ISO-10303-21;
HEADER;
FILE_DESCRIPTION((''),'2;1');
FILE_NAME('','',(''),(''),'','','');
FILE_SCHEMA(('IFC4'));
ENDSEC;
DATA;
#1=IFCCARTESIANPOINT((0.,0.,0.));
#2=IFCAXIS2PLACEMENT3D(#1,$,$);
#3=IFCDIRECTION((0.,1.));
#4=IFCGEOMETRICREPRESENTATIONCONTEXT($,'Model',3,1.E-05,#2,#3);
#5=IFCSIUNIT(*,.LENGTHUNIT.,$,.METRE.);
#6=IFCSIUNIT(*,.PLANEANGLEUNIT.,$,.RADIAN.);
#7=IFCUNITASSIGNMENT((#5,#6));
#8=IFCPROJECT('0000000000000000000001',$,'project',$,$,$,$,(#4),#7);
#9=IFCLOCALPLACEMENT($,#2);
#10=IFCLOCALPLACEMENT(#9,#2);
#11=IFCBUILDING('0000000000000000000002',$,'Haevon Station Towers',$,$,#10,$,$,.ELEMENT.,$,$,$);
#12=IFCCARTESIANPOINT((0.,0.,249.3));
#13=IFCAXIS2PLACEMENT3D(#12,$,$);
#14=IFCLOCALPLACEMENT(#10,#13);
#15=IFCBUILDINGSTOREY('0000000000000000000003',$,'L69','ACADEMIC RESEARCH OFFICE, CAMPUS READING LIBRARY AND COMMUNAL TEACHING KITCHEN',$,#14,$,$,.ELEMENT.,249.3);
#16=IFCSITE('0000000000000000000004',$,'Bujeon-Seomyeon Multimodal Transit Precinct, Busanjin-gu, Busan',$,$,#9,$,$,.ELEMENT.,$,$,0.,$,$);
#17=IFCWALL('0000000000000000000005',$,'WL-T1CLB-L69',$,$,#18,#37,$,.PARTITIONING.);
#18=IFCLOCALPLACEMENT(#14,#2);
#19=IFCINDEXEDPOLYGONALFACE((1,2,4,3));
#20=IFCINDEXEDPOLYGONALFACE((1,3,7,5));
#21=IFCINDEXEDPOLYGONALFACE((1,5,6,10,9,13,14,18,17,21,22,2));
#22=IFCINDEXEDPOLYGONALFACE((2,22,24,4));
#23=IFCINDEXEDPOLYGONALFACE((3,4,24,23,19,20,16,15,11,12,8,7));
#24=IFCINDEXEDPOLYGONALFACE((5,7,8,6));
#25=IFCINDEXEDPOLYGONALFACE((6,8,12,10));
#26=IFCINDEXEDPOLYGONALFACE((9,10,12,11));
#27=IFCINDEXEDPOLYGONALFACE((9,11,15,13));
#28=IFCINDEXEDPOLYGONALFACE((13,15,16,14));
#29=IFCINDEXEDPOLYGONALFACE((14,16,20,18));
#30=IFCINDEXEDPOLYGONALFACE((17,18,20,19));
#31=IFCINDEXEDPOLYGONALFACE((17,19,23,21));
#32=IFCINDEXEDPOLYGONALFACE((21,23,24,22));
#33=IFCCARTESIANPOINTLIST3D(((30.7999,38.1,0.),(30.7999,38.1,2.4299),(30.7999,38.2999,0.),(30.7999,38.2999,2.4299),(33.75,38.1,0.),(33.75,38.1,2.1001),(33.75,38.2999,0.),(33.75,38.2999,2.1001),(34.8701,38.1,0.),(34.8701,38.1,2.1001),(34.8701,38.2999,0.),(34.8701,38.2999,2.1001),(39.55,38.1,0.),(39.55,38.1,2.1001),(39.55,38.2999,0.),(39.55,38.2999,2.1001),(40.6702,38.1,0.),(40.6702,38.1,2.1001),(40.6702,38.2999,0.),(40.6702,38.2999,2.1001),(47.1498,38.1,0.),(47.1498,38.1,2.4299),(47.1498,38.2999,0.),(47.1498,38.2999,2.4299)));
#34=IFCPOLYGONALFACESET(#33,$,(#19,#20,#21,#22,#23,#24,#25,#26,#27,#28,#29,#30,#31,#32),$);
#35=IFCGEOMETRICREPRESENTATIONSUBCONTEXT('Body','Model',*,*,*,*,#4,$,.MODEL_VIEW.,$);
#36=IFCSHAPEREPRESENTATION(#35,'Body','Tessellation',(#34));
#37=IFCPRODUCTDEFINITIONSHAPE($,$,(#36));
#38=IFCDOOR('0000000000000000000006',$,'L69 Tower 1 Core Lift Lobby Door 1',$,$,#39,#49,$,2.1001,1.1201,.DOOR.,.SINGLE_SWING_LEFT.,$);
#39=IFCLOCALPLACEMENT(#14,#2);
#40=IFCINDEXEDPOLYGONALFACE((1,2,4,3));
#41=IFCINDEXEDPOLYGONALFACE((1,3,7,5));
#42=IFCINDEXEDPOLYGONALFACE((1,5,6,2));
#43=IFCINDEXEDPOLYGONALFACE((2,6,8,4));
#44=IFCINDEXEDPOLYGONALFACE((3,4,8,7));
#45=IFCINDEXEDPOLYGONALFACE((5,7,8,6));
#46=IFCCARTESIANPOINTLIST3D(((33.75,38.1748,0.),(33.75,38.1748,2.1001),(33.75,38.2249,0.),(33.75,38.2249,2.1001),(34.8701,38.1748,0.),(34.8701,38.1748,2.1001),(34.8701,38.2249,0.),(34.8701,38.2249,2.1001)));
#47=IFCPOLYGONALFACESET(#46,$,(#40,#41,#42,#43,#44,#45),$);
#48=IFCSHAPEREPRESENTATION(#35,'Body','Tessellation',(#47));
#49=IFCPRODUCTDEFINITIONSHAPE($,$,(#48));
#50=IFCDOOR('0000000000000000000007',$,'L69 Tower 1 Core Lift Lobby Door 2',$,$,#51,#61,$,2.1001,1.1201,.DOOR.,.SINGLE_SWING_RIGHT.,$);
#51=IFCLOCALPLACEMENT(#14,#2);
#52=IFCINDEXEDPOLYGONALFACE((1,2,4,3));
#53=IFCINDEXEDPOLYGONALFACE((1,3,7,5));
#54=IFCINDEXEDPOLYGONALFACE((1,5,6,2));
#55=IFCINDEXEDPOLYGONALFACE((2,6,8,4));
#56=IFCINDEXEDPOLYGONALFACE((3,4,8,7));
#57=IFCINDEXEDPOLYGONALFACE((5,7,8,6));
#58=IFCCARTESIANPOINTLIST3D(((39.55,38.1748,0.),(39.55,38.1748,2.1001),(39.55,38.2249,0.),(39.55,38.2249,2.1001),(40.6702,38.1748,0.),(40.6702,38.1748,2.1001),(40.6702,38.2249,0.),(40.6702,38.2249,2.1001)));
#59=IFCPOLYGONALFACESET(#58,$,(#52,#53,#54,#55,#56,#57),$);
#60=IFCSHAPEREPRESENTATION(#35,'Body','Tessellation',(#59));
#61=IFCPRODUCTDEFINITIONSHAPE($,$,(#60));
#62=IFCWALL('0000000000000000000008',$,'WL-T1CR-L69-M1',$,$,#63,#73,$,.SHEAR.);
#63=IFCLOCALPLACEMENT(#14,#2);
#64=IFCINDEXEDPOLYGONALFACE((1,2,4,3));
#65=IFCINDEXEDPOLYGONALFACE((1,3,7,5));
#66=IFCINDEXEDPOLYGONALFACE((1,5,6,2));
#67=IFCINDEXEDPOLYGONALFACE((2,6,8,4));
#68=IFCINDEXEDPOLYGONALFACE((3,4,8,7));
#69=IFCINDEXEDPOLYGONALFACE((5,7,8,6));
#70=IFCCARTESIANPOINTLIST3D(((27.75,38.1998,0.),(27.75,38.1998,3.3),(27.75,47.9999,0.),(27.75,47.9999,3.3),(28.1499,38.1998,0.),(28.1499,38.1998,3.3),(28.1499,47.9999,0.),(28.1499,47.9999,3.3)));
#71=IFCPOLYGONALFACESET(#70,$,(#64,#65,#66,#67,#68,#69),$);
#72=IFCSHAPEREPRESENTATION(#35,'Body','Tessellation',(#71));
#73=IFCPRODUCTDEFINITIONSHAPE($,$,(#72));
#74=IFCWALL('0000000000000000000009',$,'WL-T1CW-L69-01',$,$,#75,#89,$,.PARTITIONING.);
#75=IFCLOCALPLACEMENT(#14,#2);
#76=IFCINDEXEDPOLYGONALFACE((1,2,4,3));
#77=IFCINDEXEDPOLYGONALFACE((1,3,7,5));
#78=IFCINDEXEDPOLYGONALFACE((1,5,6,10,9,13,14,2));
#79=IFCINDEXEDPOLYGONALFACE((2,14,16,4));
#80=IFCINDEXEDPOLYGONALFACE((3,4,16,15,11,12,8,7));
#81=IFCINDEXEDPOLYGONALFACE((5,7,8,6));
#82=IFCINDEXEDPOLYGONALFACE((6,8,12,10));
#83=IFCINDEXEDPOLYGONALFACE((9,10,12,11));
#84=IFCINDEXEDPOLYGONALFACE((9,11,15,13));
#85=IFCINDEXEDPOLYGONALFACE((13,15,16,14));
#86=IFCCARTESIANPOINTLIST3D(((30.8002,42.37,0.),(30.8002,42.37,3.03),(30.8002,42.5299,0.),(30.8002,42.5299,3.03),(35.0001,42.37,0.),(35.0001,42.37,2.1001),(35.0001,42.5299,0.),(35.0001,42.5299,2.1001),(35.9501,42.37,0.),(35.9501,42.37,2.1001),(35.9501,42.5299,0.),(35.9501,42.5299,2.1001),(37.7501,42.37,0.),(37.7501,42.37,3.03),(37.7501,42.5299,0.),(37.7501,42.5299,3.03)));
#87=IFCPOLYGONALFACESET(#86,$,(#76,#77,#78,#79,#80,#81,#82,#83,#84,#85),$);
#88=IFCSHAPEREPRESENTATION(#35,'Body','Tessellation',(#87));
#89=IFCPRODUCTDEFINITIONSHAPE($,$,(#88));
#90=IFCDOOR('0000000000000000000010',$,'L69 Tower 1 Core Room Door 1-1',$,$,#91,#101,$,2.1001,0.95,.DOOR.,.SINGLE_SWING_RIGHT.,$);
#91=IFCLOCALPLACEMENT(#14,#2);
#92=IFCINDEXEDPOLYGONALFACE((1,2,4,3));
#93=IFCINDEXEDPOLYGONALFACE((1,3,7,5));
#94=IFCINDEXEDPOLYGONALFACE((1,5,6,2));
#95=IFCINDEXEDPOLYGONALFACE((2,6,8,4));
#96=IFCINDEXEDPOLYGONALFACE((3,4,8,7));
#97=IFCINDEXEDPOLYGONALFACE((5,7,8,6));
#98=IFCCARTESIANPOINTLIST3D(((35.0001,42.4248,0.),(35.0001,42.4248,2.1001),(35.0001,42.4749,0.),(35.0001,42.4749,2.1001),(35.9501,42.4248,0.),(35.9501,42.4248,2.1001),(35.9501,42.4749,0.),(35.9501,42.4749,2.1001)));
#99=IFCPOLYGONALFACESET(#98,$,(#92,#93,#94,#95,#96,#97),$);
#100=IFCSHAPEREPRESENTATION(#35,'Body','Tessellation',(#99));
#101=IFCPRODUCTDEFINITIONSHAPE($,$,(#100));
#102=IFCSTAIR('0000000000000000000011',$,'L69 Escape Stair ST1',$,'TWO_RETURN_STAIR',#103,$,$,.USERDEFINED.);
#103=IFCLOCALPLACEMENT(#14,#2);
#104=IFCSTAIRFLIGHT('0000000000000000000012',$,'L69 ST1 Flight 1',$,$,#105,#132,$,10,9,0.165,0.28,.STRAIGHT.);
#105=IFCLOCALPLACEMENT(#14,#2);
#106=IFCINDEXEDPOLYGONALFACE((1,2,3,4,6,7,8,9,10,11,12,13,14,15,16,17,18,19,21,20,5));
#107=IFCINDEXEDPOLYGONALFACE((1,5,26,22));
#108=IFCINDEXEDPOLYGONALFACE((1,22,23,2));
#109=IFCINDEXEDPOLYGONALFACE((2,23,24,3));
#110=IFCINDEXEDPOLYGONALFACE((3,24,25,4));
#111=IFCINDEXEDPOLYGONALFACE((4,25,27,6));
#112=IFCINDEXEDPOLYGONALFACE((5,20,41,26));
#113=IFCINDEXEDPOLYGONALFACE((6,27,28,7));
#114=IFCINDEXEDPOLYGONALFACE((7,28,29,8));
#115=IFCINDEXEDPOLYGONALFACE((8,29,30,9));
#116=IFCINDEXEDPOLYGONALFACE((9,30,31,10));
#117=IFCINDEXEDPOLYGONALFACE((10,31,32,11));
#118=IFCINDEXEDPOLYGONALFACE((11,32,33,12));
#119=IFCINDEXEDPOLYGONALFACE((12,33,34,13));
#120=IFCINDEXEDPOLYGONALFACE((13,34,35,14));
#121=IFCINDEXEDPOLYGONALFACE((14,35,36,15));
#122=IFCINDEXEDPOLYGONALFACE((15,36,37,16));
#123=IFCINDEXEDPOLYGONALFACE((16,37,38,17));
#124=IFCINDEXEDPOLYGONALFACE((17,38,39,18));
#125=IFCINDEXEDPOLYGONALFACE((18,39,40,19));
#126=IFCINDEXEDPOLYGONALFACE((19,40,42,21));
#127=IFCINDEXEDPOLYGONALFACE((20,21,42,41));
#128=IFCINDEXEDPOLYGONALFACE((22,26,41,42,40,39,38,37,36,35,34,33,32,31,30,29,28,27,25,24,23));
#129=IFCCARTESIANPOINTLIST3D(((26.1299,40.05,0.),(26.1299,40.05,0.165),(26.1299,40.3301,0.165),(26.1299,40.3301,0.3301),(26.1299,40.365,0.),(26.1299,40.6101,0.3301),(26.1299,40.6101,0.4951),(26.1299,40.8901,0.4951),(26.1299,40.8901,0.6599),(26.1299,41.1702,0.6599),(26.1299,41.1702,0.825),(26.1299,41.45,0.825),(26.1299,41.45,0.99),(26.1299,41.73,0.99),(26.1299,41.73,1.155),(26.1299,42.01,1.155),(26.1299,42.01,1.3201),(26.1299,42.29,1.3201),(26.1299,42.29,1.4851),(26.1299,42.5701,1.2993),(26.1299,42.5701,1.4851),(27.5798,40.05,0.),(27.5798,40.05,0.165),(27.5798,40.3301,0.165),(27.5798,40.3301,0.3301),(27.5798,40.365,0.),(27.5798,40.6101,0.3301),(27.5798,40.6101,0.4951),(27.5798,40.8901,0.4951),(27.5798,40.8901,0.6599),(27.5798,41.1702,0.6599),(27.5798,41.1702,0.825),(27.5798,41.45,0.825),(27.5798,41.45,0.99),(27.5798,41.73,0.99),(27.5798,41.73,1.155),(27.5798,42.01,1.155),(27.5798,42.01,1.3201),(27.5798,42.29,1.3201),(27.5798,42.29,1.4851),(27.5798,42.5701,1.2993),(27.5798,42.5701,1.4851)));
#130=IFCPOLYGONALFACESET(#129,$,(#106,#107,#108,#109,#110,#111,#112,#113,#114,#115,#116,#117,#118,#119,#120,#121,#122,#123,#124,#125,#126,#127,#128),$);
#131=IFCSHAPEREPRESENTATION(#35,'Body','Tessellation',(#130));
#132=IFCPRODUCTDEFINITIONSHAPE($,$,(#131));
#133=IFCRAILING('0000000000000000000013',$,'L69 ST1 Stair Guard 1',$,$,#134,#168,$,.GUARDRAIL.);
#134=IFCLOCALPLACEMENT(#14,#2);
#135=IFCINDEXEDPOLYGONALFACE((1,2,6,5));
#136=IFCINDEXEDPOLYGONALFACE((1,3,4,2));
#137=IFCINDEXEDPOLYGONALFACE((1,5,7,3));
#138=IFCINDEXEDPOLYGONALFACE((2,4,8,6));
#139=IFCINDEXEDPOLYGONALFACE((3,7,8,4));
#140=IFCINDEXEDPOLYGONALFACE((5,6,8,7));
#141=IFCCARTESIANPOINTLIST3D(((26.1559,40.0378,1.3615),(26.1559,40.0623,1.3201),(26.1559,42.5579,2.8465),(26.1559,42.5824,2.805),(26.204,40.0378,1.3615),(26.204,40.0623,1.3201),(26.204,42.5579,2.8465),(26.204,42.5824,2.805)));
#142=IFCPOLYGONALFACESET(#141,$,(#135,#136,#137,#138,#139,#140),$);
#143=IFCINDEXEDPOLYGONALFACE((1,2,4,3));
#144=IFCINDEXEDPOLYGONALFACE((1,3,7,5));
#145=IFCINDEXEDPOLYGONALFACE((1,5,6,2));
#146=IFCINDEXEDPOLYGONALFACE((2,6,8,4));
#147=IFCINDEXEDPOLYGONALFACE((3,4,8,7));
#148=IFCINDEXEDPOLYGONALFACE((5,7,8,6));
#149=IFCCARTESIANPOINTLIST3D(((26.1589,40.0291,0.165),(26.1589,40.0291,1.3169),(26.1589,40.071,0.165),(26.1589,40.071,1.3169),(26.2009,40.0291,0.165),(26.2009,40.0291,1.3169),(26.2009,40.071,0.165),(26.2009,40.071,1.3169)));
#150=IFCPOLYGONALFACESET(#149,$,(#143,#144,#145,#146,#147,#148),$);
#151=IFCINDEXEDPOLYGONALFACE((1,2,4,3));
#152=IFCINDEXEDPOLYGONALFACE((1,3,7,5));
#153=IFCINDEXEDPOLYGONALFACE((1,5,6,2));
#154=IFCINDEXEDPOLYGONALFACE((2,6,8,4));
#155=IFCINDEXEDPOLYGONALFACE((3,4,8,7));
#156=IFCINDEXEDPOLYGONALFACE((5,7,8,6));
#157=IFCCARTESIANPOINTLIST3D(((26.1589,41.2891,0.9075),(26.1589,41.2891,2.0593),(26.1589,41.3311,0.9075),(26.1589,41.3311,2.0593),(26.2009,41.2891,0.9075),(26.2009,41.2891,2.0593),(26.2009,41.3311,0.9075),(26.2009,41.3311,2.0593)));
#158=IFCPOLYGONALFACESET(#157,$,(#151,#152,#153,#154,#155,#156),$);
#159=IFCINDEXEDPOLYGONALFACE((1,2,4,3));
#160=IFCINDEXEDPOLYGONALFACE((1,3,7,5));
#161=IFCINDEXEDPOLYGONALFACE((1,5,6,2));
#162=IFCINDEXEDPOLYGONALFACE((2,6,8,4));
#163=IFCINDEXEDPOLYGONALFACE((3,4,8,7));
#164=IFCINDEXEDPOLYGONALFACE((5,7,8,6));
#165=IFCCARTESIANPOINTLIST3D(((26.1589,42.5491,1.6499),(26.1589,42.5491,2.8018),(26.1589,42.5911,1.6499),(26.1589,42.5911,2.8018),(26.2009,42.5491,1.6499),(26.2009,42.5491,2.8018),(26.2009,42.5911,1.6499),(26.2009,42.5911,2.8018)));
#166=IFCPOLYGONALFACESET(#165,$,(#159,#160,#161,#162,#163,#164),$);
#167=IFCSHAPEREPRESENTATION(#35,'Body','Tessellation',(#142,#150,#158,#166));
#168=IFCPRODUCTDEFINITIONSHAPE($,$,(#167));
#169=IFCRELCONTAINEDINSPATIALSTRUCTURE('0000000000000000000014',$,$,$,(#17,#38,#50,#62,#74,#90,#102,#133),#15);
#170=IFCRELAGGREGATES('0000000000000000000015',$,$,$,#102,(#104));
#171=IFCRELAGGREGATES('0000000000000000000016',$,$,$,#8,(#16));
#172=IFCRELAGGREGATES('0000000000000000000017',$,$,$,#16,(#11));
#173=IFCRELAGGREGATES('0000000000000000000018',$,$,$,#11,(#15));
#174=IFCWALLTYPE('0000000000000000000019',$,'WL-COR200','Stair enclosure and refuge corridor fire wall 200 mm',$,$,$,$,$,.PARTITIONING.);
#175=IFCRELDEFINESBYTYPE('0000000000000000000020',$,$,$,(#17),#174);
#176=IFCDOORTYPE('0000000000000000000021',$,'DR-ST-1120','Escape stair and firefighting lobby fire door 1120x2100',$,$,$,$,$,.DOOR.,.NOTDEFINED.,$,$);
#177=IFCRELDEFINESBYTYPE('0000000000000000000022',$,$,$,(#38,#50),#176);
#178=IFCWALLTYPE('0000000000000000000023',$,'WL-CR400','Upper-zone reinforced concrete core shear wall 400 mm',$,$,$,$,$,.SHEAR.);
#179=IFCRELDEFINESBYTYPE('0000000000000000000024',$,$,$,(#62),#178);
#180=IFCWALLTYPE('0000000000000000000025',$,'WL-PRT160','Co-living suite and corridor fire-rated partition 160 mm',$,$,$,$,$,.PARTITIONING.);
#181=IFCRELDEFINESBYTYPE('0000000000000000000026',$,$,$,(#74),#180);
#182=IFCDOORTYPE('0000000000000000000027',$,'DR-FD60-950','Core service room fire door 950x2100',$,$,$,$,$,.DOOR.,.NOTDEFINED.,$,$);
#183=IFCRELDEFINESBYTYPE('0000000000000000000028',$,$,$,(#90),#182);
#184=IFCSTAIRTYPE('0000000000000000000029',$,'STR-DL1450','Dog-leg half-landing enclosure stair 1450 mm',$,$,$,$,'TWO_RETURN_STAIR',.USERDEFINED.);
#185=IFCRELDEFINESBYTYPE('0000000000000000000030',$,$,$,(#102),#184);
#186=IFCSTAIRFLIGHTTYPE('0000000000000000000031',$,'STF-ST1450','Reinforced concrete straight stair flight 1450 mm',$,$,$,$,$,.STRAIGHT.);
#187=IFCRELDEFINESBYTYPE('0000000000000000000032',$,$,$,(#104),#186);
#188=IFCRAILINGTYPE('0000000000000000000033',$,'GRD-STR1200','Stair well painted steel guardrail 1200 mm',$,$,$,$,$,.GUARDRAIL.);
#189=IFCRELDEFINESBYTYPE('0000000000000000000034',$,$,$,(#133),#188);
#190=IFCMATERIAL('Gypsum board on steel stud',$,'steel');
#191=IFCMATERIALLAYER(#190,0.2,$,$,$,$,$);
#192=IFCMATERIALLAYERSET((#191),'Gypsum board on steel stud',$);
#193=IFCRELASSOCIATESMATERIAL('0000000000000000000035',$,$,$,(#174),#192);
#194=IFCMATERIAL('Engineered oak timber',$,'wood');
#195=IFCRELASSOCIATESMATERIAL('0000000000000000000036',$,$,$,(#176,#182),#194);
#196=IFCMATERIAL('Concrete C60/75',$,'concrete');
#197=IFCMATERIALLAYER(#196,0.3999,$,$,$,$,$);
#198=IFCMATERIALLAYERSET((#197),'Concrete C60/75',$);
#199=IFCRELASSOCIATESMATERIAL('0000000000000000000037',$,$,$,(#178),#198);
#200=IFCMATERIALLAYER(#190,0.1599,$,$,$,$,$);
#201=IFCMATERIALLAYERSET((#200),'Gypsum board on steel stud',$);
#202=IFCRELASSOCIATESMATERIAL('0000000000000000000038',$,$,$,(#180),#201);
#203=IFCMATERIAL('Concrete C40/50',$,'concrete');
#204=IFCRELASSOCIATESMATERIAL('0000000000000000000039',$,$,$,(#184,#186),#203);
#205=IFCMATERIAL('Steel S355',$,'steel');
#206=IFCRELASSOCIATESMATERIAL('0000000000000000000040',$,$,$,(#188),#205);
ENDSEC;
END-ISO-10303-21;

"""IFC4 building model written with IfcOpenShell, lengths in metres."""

from ifc_helpers import new_model, si_unit, direction, frame, frame_2d, origin, origin_2d, place, context, subcontext, project, spatial, polyline, rectangle, outline, extrude, material, layer, layer_set, type_object, element, fill, aggregate, save


model = new_model("IFC4")

# Units and contexts
model_context = context("Model", 3, precision=1e-05, world=origin(), true_north=direction((0.0, 1.0)))
body_context = subcontext(model_context, "Body", "Model", "MODEL_VIEW")
ifc_project = project(units=[si_unit("LENGTHUNIT", "METRE"), si_unit("PLANEANGLEUNIT", "RADIAN")], contexts=[model_context])

# Site, building, storey
site_placement = place(None, origin())
site = spatial("IfcSite", under=ifc_project, at=site_placement, Name="Bujeon-Seomyeon Multimodal Transit Precinct, Busanjin-gu, Busan", CompositionType="ELEMENT", RefElevation=0.0)
building_placement = place(site_placement, origin())
building = spatial("IfcBuilding", under=site, at=building_placement, Name="Haevon Station Towers", CompositionType="ELEMENT")
storey_placement = place(building_placement, frame((0.0, 0.0, 249.3)))
storey = spatial("IfcBuildingStorey", under=building, at=storey_placement, Name="L69", Description="ACADEMIC RESEARCH OFFICE, CAMPUS READING LIBRARY AND COMMUNAL TEACHING KITCHEN", CompositionType="ELEMENT", Elevation=249.3)

# Shared definitions
ifc_material_1 = material(Name="Steel S355", Category="steel")

# Shared definitions
ifc_material_2 = material(Name="Gypsum board on steel stud", Category="steel")
ifc_layer_1 = layer(ifc_material_2, 0.2)
ifc_layer_set_1 = layer_set([ifc_layer_1], Name="Gypsum board on steel stud")
wall_type_1 = type_object("IfcWallType", Name="WL-COR200", Description="Stair enclosure and refuge corridor fire wall 200 mm", PredefinedType="PARTITIONING", material=ifc_layer_set_1)
ifc_material_3 = material(Name="Engineered oak timber", Category="wood")

# Wall, openings, doors
wall_1_placement = place(storey_placement, frame((30.8, 38.2, 0.0), z_axis=(0.0, 0.0, 1.0), x_axis=(1.0, 0.0, 0.0)))
wall_1 = element("IfcWall", 1, at=wall_1_placement, inside=storey, type_object=wall_type_1, Name="WL-T1CLB-L69", PredefinedType="PARTITIONING", context=body_context, shape_type="SweptSolid", body=[
    extrude(rectangle(XDim=16.3499, YDim=0.2, at=frame_2d((8.1748, 0.0))), origin(), (0.0, 0.0, 1.0), 2.4299),
])
opening_1_placement = place(wall_1_placement, frame((2.95, 0.0, 0.0)))
opening_1 = element("IfcOpeningElement", 2, at=opening_1_placement, cuts=wall_1, PredefinedType="OPENING", context=body_context, shape_type="SweptSolid", body=[
    extrude(rectangle(XDim=1.1201, YDim=2.1001, at=frame_2d((0.5601, 1.05))), frame((0.0, 0.1099, 0.0), z_axis=(0.0, -1.0, 0.0), x_axis=(1.0, 0.0, 0.0)), (0.0, 0.0, 1.0), 0.22),
])
opening_2_placement = place(wall_1_placement, frame((8.75, 0.0, 0.0)))
opening_2 = element("IfcOpeningElement", 3, at=opening_2_placement, cuts=wall_1, PredefinedType="OPENING", context=body_context, shape_type="SweptSolid", body=[
    extrude(rectangle(XDim=1.1201, YDim=2.1001, at=frame_2d((0.5601, 1.05))), frame((0.0, 0.1099, 0.0), z_axis=(0.0, -1.0, 0.0), x_axis=(1.0, 0.0, 0.0)), (0.0, 0.0, 1.0), 0.22),
])
door_type_1 = type_object("IfcDoorType", Name="DR-ST-1120", Description="Escape stair and firefighting lobby fire door 1120x2100", OperationType="NOTDEFINED", PredefinedType="DOOR", material=ifc_material_3)
door_1_placement = place(opening_1_placement, origin())
door_1 = element("IfcDoor", 4, at=door_1_placement, inside=storey, type_object=door_type_1, Name="L69 Tower 1 Core Lift Lobby Door 1", OperationType="SINGLE_SWING_LEFT", OverallHeight=2.1001, OverallWidth=1.1201, PredefinedType="DOOR", context=body_context, shape_type="SweptSolid", body=[
    extrude(rectangle(XDim=1.1201, YDim=2.1001, at=frame_2d((0.5601, 1.05))), frame((0.0, 0.0249, 0.0), z_axis=(0.0, -1.0, 0.0), x_axis=(1.0, 0.0, 0.0)), (0.0, 0.0, 1.0), 0.05),
])
fill(opening_1, door_1)
door_2_placement = place(opening_2_placement, origin())
door_2 = element("IfcDoor", 5, at=door_2_placement, inside=storey, type_object=door_type_1, Name="L69 Tower 1 Core Lift Lobby Door 2", OperationType="SINGLE_SWING_RIGHT", OverallHeight=2.1001, OverallWidth=1.1201, PredefinedType="DOOR", context=body_context, shape_type="SweptSolid", body=[
    extrude(rectangle(XDim=1.1201, YDim=2.1001, at=frame_2d((0.5601, 1.05))), frame((0.0, 0.0249, 0.0), z_axis=(0.0, -1.0, 0.0), x_axis=(1.0, 0.0, 0.0)), (0.0, 0.0, 1.0), 0.05),
])
fill(opening_2, door_2)

# Wall
ifc_material_4 = material(Name="Concrete C60/75", Category="concrete")
ifc_layer_2 = layer(ifc_material_4, 0.3999)
ifc_layer_set_2 = layer_set([ifc_layer_2], Name="Concrete C60/75")
wall_type_2 = type_object("IfcWallType", Name="WL-CR400", Description="Upper-zone reinforced concrete core shear wall 400 mm", PredefinedType="SHEAR", material=ifc_layer_set_2)
wall_2_placement = place(storey_placement, frame((27.95, 38.2, 0.0), z_axis=(0.0, 0.0, 1.0), x_axis=(0.0, 1.0, 0.0)))
element("IfcWall", 6, at=wall_2_placement, inside=storey, type_object=wall_type_2, Name="WL-T1CR-L69-M1", PredefinedType="SHEAR", context=body_context, shape_type="SweptSolid", body=[
    extrude(rectangle(XDim=9.8, YDim=0.3999, at=frame_2d((4.8999, 0.0))), origin(), (0.0, 0.0, 1.0), 3.3),
])

# Wall, opening, door
ifc_layer_3 = layer(ifc_material_2, 0.1599)
ifc_layer_set_3 = layer_set([ifc_layer_3], Name="Gypsum board on steel stud")
wall_type_3 = type_object("IfcWallType", Name="WL-PRT160", Description="Co-living suite and corridor fire-rated partition 160 mm", PredefinedType="PARTITIONING", material=ifc_layer_set_3)
wall_3_placement = place(storey_placement, frame((30.8, 42.45, 0.0), z_axis=(0.0, 0.0, 1.0), x_axis=(1.0, 0.0, 0.0)))
wall_3 = element("IfcWall", 7, at=wall_3_placement, inside=storey, type_object=wall_type_3, Name="WL-T1CW-L69-01", PredefinedType="PARTITIONING", context=body_context, shape_type="SweptSolid", body=[
    extrude(rectangle(XDim=6.95, YDim=0.1599, at=frame_2d((3.4751, 0.0))), origin(), (0.0, 0.0, 1.0), 3.03),
])
opening_3_placement = place(wall_3_placement, frame((4.2, 0.0, 0.0)))
opening_3 = element("IfcOpeningElement", 8, at=opening_3_placement, cuts=wall_3, PredefinedType="OPENING", context=body_context, shape_type="SweptSolid", body=[
    extrude(rectangle(XDim=0.95, YDim=2.1001, at=frame_2d((0.4751, 1.05))), frame((0.0, 0.0898, 0.0), z_axis=(0.0, -1.0, 0.0), x_axis=(1.0, 0.0, 0.0)), (0.0, 0.0, 1.0), 0.1799),
])
door_type_2 = type_object("IfcDoorType", Name="DR-FD60-950", Description="Core service room fire door 950x2100", OperationType="NOTDEFINED", PredefinedType="DOOR", material=ifc_material_3)
door_3_placement = place(opening_3_placement, origin())
door_3 = element("IfcDoor", 9, at=door_3_placement, inside=storey, type_object=door_type_2, Name="L69 Tower 1 Core Room Door 1-1", OperationType="SINGLE_SWING_RIGHT", OverallHeight=2.1001, OverallWidth=0.95, PredefinedType="DOOR", context=body_context, shape_type="SweptSolid", body=[
    extrude(rectangle(XDim=0.95, YDim=2.1001, at=frame_2d((0.4751, 1.05))), frame((0.0, 0.0249, 0.0), z_axis=(0.0, -1.0, 0.0), x_axis=(1.0, 0.0, 0.0)), (0.0, 0.0, 1.0), 0.05),
])
fill(opening_3, door_3)

# Stair, stair flight
ifc_material_5 = material(Name="Concrete C40/50", Category="concrete")
stair_type = type_object("IfcStairType", Name="STR-DL1450", Description="Dog-leg half-landing enclosure stair 1450 mm", ElementType="TWO_RETURN_STAIR", PredefinedType="USERDEFINED", material=ifc_material_5)
stair_placement = place(storey_placement, origin())
stair = element("IfcStair", 10, at=stair_placement, inside=storey, type_object=stair_type, Name="L69 Escape Stair ST1", ObjectType="TWO_RETURN_STAIR", PredefinedType="USERDEFINED")
stair_flight_type = type_object("IfcStairFlightType", Name="STF-ST1450", Description="Reinforced concrete straight stair flight 1450 mm", PredefinedType="STRAIGHT", material=ifc_material_5)
stair_flight_placement = place(storey_placement, frame((26.855, 40.05, 0.0), z_axis=(0.0, 0.0, 1.0), x_axis=(0.0, 1.0, 0.0)))
stair_flight = element("IfcStairFlight", 11, at=stair_flight_placement, type_object=stair_flight_type, Name="L69 ST1 Flight 1", NumberOfRisers=10, NumberOfTreads=9, PredefinedType="STRAIGHT", RiserHeight=0.165, TreadLength=0.28, context=body_context, shape_type="SweptSolid", body=[
    extrude(outline(polyline([(0.0, 0.0), (0.0, 0.165), (0.28, 0.165), (0.28, 0.3301), (0.5601, 0.3301), (0.5601, 0.4951), (0.8401, 0.4951), (0.8401, 0.6599), (1.1201, 0.6599), (1.1201, 0.825), (1.3999, 0.825), (1.3999, 0.99), (1.6799, 0.99), (1.6799, 1.155), (1.96, 1.155), (1.96, 1.3201), (2.24, 1.3201), (2.24, 1.4851), (2.52, 1.4851), (2.52, 1.6499), (2.52, 1.2993), (0.3149, 0.0), (0.0, 0.0)])), frame((0.0, 0.7251, 0.0), z_axis=(0.0, -1.0, 0.0), x_axis=(1.0, 0.0, 0.0)), (0.0, 0.0, 1.0), 1.45),
])
aggregate(stair, [stair_flight])

# Railing
railing_type_1 = type_object("IfcRailingType", Name="GRD-STR1200", Description="Stair well painted steel guardrail 1200 mm", PredefinedType="GUARDRAIL", material=ifc_material_1)
railing_1_placement = place(storey_placement, frame((26.1799, 40.05, 0.165)))
element("IfcRailing", 12, at=railing_1_placement, inside=storey, type_object=railing_type_1, Name="L69 ST1 Stair Guard 1", PredefinedType="GUARDRAIL", context=body_context, shape_type="SweptSolid", body=[
    extrude(rectangle(XDim=0.0481, YDim=0.0481, at=origin_2d()), frame((0.0, 0.0, 1.1758), z_axis=(0.0, 0.861561, 0.507655), x_axis=(-1.0, 0.0, 0.0)), (0.0, 0.0, 1.0), 2.925),
    extrude(rectangle(XDim=0.042, YDim=0.042, at=origin_2d()), origin(), (0.0, 0.0, 1.0), 1.1519),
    extrude(rectangle(XDim=0.042, YDim=0.042, at=origin_2d()), frame((0.0, 1.26, 0.7424)), (0.0, 0.0, 1.0), 1.1519),
    extrude(rectangle(XDim=0.042, YDim=0.042, at=origin_2d()), frame((0.0, 2.52, 1.4849)), (0.0, 0.0, 1.0), 1.1519),
])

save(model, "model.ifc")
